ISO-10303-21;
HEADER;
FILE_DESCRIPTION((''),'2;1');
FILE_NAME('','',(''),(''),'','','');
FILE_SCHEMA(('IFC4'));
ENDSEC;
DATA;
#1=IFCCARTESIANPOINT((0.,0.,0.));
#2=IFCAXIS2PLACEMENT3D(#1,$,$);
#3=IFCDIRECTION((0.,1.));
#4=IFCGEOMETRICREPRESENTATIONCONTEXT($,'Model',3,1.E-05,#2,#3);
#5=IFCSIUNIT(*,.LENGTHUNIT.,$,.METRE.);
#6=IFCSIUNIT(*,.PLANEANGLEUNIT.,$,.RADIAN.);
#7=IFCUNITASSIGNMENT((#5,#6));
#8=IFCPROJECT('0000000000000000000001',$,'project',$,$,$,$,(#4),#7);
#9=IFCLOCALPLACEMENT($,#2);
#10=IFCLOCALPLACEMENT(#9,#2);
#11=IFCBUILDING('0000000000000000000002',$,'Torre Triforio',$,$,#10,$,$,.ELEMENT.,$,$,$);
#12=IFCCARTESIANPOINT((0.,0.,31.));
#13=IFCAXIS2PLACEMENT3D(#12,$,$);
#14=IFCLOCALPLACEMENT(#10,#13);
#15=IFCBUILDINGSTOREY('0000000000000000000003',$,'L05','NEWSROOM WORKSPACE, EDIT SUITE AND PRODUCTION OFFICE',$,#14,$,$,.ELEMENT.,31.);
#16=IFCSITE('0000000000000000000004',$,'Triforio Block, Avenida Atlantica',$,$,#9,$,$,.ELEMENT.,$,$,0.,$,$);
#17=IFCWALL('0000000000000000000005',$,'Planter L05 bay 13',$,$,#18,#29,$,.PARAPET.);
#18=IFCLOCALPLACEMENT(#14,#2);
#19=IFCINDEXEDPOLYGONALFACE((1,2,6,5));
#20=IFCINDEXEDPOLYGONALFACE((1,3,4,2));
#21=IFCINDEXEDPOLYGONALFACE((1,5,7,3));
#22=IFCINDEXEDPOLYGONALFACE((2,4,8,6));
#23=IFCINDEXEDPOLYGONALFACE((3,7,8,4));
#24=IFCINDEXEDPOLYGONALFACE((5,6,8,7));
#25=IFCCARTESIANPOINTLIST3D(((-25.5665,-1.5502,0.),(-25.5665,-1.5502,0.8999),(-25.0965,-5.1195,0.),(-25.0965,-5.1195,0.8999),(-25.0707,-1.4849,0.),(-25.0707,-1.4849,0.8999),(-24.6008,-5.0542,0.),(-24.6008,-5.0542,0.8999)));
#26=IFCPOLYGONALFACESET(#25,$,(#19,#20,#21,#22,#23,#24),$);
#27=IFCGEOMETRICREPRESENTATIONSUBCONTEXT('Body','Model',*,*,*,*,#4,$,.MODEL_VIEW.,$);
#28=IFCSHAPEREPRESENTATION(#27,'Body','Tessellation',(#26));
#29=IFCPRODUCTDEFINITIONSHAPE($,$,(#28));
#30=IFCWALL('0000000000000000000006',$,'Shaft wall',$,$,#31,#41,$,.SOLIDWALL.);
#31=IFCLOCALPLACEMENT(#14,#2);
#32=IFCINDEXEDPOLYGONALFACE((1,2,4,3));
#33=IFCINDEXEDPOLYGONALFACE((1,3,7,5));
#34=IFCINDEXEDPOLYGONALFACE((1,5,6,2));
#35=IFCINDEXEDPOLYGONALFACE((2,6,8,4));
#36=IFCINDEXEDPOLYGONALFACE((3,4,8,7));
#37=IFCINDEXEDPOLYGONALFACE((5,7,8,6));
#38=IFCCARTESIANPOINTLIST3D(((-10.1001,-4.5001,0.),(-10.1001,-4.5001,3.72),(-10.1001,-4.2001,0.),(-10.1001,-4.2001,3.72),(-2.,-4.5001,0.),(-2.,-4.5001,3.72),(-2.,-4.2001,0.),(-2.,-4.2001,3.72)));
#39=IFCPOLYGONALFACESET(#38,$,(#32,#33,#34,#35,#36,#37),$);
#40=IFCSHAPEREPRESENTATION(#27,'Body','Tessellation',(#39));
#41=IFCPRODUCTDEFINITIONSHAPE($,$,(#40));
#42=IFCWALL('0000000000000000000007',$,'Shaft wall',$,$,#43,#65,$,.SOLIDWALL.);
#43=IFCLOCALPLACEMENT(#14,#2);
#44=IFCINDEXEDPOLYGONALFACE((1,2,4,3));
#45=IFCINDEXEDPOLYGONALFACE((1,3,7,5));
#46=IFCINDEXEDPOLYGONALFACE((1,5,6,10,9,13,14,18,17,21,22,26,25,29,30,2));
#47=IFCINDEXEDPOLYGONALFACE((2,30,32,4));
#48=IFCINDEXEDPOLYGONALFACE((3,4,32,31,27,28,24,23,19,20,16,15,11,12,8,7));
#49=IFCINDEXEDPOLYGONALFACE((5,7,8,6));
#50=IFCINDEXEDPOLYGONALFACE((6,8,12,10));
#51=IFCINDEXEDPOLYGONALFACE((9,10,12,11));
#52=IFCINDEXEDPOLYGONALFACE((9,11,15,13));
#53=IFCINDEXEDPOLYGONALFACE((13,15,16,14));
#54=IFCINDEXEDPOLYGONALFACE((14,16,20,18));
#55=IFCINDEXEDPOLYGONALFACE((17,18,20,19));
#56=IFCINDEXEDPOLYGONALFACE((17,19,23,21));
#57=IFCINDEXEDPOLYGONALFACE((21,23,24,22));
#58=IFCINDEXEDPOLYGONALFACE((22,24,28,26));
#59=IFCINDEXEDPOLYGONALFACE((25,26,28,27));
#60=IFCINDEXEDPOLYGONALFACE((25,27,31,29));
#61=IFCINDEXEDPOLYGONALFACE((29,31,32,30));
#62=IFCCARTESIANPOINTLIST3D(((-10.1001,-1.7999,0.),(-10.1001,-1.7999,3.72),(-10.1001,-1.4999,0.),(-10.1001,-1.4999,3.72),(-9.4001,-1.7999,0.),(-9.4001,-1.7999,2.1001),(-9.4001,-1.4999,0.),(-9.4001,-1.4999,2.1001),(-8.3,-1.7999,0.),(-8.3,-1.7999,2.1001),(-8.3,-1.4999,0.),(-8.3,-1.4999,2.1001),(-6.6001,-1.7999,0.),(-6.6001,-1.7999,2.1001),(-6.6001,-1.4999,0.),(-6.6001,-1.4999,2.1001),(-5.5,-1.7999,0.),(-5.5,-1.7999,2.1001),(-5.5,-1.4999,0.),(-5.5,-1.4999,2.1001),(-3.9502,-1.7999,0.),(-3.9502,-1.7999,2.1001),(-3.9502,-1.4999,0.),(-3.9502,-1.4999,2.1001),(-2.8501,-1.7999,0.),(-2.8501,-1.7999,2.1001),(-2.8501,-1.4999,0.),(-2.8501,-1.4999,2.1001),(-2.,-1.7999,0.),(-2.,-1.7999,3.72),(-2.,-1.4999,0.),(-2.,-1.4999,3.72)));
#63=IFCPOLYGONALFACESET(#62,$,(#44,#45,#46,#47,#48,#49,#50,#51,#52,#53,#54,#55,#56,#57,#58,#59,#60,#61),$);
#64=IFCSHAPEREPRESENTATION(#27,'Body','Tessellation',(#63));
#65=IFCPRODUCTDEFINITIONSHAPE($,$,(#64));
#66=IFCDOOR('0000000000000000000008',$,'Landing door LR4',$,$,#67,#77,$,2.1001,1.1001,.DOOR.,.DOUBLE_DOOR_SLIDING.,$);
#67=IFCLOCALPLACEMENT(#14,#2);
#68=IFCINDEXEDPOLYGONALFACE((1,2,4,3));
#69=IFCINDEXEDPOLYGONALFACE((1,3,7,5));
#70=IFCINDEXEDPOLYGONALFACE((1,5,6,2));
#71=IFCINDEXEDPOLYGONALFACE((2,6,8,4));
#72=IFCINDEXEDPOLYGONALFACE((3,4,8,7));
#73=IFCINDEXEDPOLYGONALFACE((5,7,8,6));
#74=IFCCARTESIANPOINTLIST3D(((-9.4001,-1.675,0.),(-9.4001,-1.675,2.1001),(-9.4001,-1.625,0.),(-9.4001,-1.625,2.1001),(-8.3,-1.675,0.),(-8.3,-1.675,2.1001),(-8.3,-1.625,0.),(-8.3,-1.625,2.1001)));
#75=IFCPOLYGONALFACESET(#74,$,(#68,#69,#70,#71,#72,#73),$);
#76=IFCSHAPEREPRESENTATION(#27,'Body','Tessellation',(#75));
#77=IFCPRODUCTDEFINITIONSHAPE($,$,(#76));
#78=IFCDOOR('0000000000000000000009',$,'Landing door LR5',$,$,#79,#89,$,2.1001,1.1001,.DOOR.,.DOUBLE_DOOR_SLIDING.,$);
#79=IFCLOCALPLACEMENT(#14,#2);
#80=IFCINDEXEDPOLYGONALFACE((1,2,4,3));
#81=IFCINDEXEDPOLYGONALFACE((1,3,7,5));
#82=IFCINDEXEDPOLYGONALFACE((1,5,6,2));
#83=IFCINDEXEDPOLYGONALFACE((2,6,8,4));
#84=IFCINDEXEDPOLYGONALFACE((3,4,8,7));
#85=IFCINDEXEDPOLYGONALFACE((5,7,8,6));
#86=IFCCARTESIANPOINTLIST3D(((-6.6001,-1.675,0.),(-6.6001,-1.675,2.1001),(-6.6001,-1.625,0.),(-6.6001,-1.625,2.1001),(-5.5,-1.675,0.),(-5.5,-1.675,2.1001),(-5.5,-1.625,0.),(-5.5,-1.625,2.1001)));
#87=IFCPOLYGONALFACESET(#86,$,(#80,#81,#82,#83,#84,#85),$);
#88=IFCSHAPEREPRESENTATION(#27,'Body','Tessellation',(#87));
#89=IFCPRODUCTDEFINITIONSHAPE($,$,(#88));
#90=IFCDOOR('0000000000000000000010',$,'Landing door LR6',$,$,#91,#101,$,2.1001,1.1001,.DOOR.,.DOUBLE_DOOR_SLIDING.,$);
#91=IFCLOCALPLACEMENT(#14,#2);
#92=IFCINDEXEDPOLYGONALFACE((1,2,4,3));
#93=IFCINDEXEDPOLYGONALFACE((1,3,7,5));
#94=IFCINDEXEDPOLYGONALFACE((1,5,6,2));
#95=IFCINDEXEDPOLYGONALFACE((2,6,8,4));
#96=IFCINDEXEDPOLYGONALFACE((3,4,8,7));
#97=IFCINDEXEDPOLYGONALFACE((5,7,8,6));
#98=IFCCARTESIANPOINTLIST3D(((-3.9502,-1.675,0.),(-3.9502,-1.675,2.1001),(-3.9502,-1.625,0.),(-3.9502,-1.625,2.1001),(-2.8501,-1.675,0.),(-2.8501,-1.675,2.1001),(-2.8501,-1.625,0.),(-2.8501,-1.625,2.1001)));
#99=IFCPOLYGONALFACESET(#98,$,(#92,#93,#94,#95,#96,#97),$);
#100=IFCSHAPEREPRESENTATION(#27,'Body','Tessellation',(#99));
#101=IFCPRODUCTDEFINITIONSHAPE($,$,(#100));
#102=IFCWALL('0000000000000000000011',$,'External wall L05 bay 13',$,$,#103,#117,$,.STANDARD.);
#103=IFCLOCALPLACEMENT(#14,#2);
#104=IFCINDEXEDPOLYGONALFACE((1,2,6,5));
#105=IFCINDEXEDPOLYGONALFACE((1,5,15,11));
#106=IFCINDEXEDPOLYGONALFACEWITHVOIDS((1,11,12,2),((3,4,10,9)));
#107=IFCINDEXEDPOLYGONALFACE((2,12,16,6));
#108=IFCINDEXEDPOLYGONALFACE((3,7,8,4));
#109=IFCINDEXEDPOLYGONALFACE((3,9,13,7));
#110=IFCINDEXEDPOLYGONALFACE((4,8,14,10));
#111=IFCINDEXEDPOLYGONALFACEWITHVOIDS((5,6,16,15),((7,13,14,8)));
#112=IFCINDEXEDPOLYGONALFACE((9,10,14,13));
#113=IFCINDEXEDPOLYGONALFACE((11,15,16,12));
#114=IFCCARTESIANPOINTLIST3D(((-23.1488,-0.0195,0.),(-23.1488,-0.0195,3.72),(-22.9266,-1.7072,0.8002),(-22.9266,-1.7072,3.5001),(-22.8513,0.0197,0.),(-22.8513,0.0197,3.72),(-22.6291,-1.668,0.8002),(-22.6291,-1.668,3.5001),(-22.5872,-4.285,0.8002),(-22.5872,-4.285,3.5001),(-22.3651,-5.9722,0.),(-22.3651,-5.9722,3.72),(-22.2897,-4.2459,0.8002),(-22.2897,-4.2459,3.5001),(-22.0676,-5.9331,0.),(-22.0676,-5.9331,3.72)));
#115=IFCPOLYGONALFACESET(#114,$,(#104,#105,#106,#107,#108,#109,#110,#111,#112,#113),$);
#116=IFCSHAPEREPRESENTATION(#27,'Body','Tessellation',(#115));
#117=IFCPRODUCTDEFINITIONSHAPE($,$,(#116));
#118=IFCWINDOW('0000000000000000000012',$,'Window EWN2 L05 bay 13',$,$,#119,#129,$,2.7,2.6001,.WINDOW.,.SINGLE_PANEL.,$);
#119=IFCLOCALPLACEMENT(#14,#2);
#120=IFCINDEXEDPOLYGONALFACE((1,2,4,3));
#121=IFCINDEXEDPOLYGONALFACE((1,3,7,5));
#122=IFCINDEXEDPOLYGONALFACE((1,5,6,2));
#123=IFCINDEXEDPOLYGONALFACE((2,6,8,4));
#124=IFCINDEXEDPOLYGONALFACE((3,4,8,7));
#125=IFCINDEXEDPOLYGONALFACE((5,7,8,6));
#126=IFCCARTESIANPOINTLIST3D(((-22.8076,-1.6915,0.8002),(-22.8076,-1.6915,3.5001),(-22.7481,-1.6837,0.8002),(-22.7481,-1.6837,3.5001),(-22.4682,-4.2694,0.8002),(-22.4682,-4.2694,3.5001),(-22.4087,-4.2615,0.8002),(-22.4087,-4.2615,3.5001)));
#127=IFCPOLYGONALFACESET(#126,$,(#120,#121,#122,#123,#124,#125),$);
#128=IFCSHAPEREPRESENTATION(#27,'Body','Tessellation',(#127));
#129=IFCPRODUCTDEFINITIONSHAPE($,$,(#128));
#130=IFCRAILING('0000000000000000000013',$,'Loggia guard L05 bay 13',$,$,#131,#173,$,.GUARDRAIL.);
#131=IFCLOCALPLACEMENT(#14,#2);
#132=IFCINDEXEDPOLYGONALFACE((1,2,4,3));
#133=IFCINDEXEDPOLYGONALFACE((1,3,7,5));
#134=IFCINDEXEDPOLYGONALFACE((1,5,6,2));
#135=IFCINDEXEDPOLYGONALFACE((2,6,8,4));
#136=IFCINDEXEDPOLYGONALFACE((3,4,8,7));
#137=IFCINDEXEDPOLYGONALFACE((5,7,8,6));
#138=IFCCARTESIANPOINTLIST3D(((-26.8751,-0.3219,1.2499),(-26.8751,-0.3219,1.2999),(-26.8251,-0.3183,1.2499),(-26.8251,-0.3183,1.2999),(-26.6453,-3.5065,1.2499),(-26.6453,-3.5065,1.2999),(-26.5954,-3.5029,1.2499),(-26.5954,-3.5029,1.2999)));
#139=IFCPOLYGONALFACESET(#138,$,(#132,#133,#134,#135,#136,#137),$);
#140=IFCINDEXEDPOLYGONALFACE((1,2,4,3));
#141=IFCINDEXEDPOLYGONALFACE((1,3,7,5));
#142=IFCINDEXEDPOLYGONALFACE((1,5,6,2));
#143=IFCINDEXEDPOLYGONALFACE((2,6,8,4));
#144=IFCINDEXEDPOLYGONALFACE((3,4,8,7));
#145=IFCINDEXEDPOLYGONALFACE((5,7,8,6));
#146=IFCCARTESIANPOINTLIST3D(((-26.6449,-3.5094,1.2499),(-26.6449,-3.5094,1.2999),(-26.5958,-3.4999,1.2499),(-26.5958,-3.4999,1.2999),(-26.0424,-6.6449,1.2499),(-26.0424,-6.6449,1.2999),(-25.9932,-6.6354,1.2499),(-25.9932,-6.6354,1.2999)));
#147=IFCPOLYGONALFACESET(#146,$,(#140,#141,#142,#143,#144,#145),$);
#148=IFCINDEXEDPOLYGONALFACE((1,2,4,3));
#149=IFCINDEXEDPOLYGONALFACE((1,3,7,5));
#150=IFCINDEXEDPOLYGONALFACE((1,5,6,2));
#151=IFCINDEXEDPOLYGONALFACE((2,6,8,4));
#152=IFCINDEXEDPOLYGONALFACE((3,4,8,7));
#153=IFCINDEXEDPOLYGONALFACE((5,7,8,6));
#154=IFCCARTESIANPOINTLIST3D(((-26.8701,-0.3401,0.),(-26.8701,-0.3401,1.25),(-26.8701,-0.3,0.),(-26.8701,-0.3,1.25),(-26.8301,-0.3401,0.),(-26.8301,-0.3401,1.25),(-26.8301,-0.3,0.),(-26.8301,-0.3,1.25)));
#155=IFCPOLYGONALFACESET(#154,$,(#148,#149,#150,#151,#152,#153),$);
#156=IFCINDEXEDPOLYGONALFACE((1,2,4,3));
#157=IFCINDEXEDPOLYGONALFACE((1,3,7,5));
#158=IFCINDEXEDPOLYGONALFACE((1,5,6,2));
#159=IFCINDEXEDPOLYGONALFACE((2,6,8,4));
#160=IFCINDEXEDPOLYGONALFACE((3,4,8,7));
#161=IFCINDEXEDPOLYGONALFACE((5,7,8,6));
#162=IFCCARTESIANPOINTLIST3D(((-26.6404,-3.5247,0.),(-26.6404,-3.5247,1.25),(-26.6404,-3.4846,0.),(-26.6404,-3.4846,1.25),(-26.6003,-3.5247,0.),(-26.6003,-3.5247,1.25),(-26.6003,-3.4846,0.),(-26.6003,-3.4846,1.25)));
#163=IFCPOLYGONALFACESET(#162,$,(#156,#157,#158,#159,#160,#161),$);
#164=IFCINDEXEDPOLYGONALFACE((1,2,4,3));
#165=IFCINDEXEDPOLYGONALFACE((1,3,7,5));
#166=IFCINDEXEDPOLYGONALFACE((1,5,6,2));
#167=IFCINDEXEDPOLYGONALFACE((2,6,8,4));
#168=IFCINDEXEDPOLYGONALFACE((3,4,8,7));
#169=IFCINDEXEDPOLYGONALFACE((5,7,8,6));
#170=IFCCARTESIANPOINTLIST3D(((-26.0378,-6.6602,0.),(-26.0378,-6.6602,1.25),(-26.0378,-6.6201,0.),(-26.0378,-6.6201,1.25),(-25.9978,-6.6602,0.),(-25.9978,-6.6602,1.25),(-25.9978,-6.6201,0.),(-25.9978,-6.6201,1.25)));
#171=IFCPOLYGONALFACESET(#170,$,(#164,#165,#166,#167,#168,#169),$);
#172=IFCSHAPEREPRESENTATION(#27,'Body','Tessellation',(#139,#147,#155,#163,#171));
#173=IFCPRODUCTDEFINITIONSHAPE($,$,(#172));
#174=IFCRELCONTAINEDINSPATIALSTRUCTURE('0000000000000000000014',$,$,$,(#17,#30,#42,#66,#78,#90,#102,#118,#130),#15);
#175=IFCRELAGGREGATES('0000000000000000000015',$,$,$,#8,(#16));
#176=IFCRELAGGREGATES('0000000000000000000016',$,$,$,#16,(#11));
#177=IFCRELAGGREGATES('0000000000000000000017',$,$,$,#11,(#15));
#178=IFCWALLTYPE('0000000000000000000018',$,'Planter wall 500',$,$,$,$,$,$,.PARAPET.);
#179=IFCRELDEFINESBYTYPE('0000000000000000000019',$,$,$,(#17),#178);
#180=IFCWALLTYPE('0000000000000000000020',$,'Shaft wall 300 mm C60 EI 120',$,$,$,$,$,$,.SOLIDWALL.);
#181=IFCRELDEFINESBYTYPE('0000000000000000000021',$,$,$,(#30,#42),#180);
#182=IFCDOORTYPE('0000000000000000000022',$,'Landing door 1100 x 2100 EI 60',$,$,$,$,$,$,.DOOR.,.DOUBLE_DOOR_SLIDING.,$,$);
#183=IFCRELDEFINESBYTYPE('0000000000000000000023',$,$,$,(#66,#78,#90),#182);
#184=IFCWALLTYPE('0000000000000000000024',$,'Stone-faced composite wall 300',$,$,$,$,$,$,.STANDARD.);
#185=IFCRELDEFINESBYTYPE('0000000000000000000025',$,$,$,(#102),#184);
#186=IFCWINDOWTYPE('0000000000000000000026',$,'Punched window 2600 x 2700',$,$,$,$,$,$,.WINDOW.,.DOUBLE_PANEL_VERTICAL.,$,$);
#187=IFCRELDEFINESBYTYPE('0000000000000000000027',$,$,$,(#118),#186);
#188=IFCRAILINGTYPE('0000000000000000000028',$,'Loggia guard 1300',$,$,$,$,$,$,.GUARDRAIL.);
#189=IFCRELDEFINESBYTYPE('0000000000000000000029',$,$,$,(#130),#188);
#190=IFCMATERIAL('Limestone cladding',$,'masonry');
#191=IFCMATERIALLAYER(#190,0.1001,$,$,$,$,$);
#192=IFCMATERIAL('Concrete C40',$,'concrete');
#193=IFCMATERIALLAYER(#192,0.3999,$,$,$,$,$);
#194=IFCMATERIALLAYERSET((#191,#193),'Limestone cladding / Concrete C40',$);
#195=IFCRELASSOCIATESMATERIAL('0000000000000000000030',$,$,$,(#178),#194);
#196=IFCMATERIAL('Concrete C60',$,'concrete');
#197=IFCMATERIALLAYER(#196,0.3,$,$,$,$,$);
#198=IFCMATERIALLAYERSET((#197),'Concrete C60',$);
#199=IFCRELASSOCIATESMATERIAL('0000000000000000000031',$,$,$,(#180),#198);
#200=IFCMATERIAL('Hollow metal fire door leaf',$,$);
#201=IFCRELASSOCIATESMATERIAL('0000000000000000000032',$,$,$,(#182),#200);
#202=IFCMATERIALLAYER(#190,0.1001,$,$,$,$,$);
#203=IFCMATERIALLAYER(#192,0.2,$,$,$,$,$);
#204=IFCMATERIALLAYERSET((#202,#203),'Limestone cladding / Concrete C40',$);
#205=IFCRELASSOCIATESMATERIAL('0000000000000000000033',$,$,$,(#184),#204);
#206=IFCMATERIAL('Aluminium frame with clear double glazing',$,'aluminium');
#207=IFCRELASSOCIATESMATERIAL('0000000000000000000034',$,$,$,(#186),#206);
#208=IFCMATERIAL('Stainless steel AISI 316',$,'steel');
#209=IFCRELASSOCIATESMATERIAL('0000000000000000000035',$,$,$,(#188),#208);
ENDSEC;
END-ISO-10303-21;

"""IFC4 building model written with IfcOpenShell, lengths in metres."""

from ifc_helpers import new_model, si_unit, direction, frame, frame_2d, origin, origin_2d, place, context, subcontext, project, spatial, rectangle, extrude, material, layer, layer_set, type_object, element, fill, save


model = new_model("IFC4")

# Units and contexts
model_context = context("Model", 3, precision=1e-05, world=origin(), true_north=direction((0.0, 1.0)))
body_context = subcontext(model_context, "Body", "Model", "MODEL_VIEW")
ifc_project = project(units=[si_unit("LENGTHUNIT", "METRE"), si_unit("PLANEANGLEUNIT", "RADIAN")], contexts=[model_context])

# Site, building, storey
site_placement = place(None, origin())
site = spatial("IfcSite", under=ifc_project, at=site_placement, Name="Triforio Block, Avenida Atlantica", CompositionType="ELEMENT", RefElevation=0.0)
building_placement = place(site_placement, origin())
building = spatial("IfcBuilding", under=site, at=building_placement, Name="Torre Triforio", CompositionType="ELEMENT")
storey_placement = place(building_placement, frame((0.0, 0.0, 31.0)))
storey = spatial("IfcBuildingStorey", under=building, at=storey_placement, Name="L05", Description="NEWSROOM WORKSPACE, EDIT SUITE AND PRODUCTION OFFICE", CompositionType="ELEMENT", Elevation=31.0)

# Shared definitions
ifc_material_1 = material(Name="Concrete C60", Category="concrete")
ifc_material_2 = material(Name="Hollow metal fire door leaf")

# Walls
ifc_material_3 = material(Name="Limestone cladding", Category="masonry")
ifc_layer_1 = layer(ifc_material_3, 0.1001)
ifc_material_4 = material(Name="Concrete C40", Category="concrete")
ifc_layer_2 = layer(ifc_material_4, 0.3999)
ifc_layer_set_1 = layer_set([ifc_layer_1, ifc_layer_2], Name="Limestone cladding / Concrete C40")
wall_type_1 = type_object("IfcWallType", Name="Planter wall 500", PredefinedType="PARAPET", material=ifc_layer_set_1)
wall_1_placement = place(storey_placement, frame((-25.3186, -1.5176, 0.0), z_axis=(0.0, 0.0, 1.0), x_axis=(0.130542, -0.991443, 0.0)))
element("IfcWall", 1, at=wall_1_placement, inside=storey, type_object=wall_type_1, Name="Planter L05 bay 13", PredefinedType="PARAPET", context=body_context, shape_type="SweptSolid", body=[
    extrude(rectangle(XDim=3.6001, YDim=0.5, at=frame_2d((1.8, 0.0))), origin(), (0.0, 0.0, 1.0), 0.8999),
])
ifc_layer_3 = layer(ifc_material_1, 0.3)
ifc_layer_set_2 = layer_set([ifc_layer_3], Name="Concrete C60")
wall_type_2 = type_object("IfcWallType", Name="Shaft wall 300 mm C60 EI 120", PredefinedType="SOLIDWALL", material=ifc_layer_set_2)
wall_2_placement = place(storey_placement, frame((-10.1001, -4.3501, 0.0), z_axis=(0.0, 0.0, 1.0), x_axis=(1.0, 0.0, 0.0)))
element("IfcWall", 2, at=wall_2_placement, inside=storey, type_object=wall_type_2, Name="Shaft wall", PredefinedType="SOLIDWALL", context=body_context, shape_type="SweptSolid", body=[
    extrude(rectangle(XDim=8.1001, YDim=0.3, at=frame_2d((4.05, 0.0))), origin(), (0.0, 0.0, 1.0), 3.72),
])

# Wall, openings, doors
wall_3_placement = place(storey_placement, frame((-10.1001, -1.6499, 0.0), z_axis=(0.0, 0.0, 1.0), x_axis=(1.0, 0.0, 0.0)))
wall_3 = element("IfcWall", 3, at=wall_3_placement, inside=storey, type_object=wall_type_2, Name="Shaft wall", PredefinedType="SOLIDWALL", context=body_context, shape_type="SweptSolid", body=[
    extrude(rectangle(XDim=8.1001, YDim=0.3, at=frame_2d((4.05, 0.0))), origin(), (0.0, 0.0, 1.0), 3.72),
])
opening_1_placement = place(wall_3_placement, frame((0.7, 0.0, 0.0)))
opening_1 = element("IfcOpeningElement", 4, at=opening_1_placement, cuts=wall_3, PredefinedType="OPENING", context=body_context, shape_type="SweptSolid", body=[
    extrude(rectangle(XDim=1.1001, YDim=2.1001, at=frame_2d((0.55, 1.05))), frame((0.0, 0.1599, 0.0), z_axis=(0.0, -1.0, 0.0), x_axis=(1.0, 0.0, 0.0)), (0.0, 0.0, 1.0), 0.3201),
])
opening_2_placement = place(wall_3_placement, frame((3.5, 0.0, 0.0)))
opening_2 = element("IfcOpeningElement", 5, at=opening_2_placement, cuts=wall_3, PredefinedType="OPENING", context=body_context, shape_type="SweptSolid", body=[
    extrude(rectangle(XDim=1.1001, YDim=2.1001, at=frame_2d((0.55, 1.05))), frame((0.0, 0.1599, 0.0), z_axis=(0.0, -1.0, 0.0), x_axis=(1.0, 0.0, 0.0)), (0.0, 0.0, 1.0), 0.3201),
])
opening_3_placement = place(wall_3_placement, frame((6.1499, 0.0, 0.0)))
opening_3 = element("IfcOpeningElement", 6, at=opening_3_placement, cuts=wall_3, PredefinedType="OPENING", context=body_context, shape_type="SweptSolid", body=[
    extrude(rectangle(XDim=1.1001, YDim=2.1001, at=frame_2d((0.55, 1.05))), frame((0.0, 0.1599, 0.0), z_axis=(0.0, -1.0, 0.0), x_axis=(1.0, 0.0, 0.0)), (0.0, 0.0, 1.0), 0.3201),
])
door_type_1 = type_object("IfcDoorType", Name="Landing door 1100 x 2100 EI 60", OperationType="DOUBLE_DOOR_SLIDING", PredefinedType="DOOR", material=ifc_material_2)
door_1_placement = place(opening_1_placement, origin())
door_1 = element("IfcDoor", 7, at=door_1_placement, inside=storey, type_object=door_type_1, Name="Landing door LR4", OperationType="DOUBLE_DOOR_SLIDING", OverallHeight=2.1001, OverallWidth=1.1001, PredefinedType="DOOR", context=body_context, shape_type="SweptSolid", body=[
    extrude(rectangle(XDim=1.1001, YDim=2.1001, at=frame_2d((0.55, 1.05))), frame((0.0, 0.0249, 0.0), z_axis=(0.0, -1.0, 0.0), x_axis=(1.0, 0.0, 0.0)), (0.0, 0.0, 1.0), 0.05),
])
fill(opening_1, door_1)
door_2_placement = place(opening_2_placement, origin())
door_2 = element("IfcDoor", 8, at=door_2_placement, inside=storey, type_object=door_type_1, Name="Landing door LR5", OperationType="DOUBLE_DOOR_SLIDING", OverallHeight=2.1001, OverallWidth=1.1001, PredefinedType="DOOR", context=body_context, shape_type="SweptSolid", body=[
    extrude(rectangle(XDim=1.1001, YDim=2.1001, at=frame_2d((0.55, 1.05))), frame((0.0, 0.0249, 0.0), z_axis=(0.0, -1.0, 0.0), x_axis=(1.0, 0.0, 0.0)), (0.0, 0.0, 1.0), 0.05),
])
fill(opening_2, door_2)
door_3_placement = place(opening_3_placement, origin())
door_3 = element("IfcDoor", 9, at=door_3_placement, inside=storey, type_object=door_type_1, Name="Landing door LR6", OperationType="DOUBLE_DOOR_SLIDING", OverallHeight=2.1001, OverallWidth=1.1001, PredefinedType="DOOR", context=body_context, shape_type="SweptSolid", body=[
    extrude(rectangle(XDim=1.1001, YDim=2.1001, at=frame_2d((0.55, 1.05))), frame((0.0, 0.0249, 0.0), z_axis=(0.0, -1.0, 0.0), x_axis=(1.0, 0.0, 0.0)), (0.0, 0.0, 1.0), 0.05),
])
fill(opening_3, door_3)

# Wall, opening, window
ifc_layer_4 = layer(ifc_material_3, 0.1001)
ifc_layer_5 = layer(ifc_material_4, 0.2)
ifc_layer_set_3 = layer_set([ifc_layer_4, ifc_layer_5], Name="Limestone cladding / Concrete C40")
wall_type_3 = type_object("IfcWallType", Name="Stone-faced composite wall 300", PredefinedType="STANDARD", material=ifc_layer_set_3)
wall_4_placement = place(storey_placement, frame((-23.0, 0.0, 0.0), z_axis=(0.0, 0.0, 1.0), x_axis=(0.130523, -0.991445, 0.0)))
wall_4 = element("IfcWall", 10, at=wall_4_placement, inside=storey, type_object=wall_type_3, Name="External wall L05 bay 13", PredefinedType="STANDARD", context=body_context, shape_type="SweptSolid", body=[
    extrude(rectangle(XDim=6.0042, YDim=0.3, at=frame_2d((3.002, 0.0))), origin(), (0.0, 0.0, 1.0), 3.72),
])
opening_4_placement = place(wall_4_placement, frame((1.7021, 0.0, 0.8)))
opening_4 = element("IfcOpeningElement", 11, at=opening_4_placement, cuts=wall_4, PredefinedType="OPENING", context=body_context, shape_type="SweptSolid", body=[
    extrude(rectangle(XDim=2.6001, YDim=2.7, at=frame_2d((1.3, 1.3501))), frame((0.0, 0.1599, 0.0), z_axis=(0.0, -1.0, 0.0), x_axis=(1.0, 0.0, 0.0)), (0.0, 0.0, 1.0), 0.3201),
])
ifc_material_5 = material(Name="Aluminium frame with clear double glazing", Category="aluminium")
window_type_1 = type_object("IfcWindowType", Name="Punched window 2600 x 2700", PartitioningType="DOUBLE_PANEL_VERTICAL", PredefinedType="WINDOW", material=ifc_material_5)
window_1_placement = place(opening_4_placement, origin())
window_1 = element("IfcWindow", 12, at=window_1_placement, inside=storey, type_object=window_type_1, Name="Window EWN2 L05 bay 13", OverallHeight=2.7, OverallWidth=2.6001, PartitioningType="SINGLE_PANEL", PredefinedType="WINDOW", context=body_context, shape_type="SweptSolid", body=[
    extrude(rectangle(XDim=2.6001, YDim=2.7, at=frame_2d((1.3, 1.3501))), frame((0.0, 0.03, 0.0), z_axis=(0.0, -1.0, 0.0), x_axis=(1.0, 0.0, 0.0)), (0.0, 0.0, 1.0), 0.0601),
])
fill(opening_4, window_1)

# Railing
ifc_material_6 = material(Name="Stainless steel AISI 316", Category="steel")
railing_type = type_object("IfcRailingType", Name="Loggia guard 1300", PredefinedType="GUARDRAIL", material=ifc_material_6)
railing_placement = place(storey_placement, frame((-26.8501, -0.3201, 0.0)))
element("IfcRailing", 13, at=railing_placement, inside=storey, type_object=railing_type, Name="Loggia guard L05 bay 13", PredefinedType="GUARDRAIL", context=body_context, shape_type="SweptSolid", body=[
    extrude(rectangle(XDim=0.05, YDim=0.05, at=origin_2d()), frame((0.0, 0.0, 1.2749), z_axis=(0.071953, -0.997408, 0.0), x_axis=(0.997408, 0.071953, 0.0)), (0.0, 0.0, 1.0), 3.1929),
    extrude(rectangle(XDim=0.05, YDim=0.05, at=origin_2d()), frame((0.2297, -3.1846, 1.2749), z_axis=(0.188714, -0.982032, 0.0), x_axis=(0.982032, 0.188714, 0.0)), (0.0, 0.0, 1.0), 3.1929),
    extrude(rectangle(XDim=0.04, YDim=0.04, at=origin_2d()), origin(), (0.0, 0.0, 1.0), 1.25),
    extrude(rectangle(XDim=0.04, YDim=0.04, at=origin_2d()), frame((0.2297, -3.1846, 0.0)), (0.0, 0.0, 1.0), 1.25),
    extrude(rectangle(XDim=0.04, YDim=0.04, at=origin_2d()), frame((0.8323, -6.3201, 0.0)), (0.0, 0.0, 1.0), 1.25),
])

save(model, "model.ifc")
